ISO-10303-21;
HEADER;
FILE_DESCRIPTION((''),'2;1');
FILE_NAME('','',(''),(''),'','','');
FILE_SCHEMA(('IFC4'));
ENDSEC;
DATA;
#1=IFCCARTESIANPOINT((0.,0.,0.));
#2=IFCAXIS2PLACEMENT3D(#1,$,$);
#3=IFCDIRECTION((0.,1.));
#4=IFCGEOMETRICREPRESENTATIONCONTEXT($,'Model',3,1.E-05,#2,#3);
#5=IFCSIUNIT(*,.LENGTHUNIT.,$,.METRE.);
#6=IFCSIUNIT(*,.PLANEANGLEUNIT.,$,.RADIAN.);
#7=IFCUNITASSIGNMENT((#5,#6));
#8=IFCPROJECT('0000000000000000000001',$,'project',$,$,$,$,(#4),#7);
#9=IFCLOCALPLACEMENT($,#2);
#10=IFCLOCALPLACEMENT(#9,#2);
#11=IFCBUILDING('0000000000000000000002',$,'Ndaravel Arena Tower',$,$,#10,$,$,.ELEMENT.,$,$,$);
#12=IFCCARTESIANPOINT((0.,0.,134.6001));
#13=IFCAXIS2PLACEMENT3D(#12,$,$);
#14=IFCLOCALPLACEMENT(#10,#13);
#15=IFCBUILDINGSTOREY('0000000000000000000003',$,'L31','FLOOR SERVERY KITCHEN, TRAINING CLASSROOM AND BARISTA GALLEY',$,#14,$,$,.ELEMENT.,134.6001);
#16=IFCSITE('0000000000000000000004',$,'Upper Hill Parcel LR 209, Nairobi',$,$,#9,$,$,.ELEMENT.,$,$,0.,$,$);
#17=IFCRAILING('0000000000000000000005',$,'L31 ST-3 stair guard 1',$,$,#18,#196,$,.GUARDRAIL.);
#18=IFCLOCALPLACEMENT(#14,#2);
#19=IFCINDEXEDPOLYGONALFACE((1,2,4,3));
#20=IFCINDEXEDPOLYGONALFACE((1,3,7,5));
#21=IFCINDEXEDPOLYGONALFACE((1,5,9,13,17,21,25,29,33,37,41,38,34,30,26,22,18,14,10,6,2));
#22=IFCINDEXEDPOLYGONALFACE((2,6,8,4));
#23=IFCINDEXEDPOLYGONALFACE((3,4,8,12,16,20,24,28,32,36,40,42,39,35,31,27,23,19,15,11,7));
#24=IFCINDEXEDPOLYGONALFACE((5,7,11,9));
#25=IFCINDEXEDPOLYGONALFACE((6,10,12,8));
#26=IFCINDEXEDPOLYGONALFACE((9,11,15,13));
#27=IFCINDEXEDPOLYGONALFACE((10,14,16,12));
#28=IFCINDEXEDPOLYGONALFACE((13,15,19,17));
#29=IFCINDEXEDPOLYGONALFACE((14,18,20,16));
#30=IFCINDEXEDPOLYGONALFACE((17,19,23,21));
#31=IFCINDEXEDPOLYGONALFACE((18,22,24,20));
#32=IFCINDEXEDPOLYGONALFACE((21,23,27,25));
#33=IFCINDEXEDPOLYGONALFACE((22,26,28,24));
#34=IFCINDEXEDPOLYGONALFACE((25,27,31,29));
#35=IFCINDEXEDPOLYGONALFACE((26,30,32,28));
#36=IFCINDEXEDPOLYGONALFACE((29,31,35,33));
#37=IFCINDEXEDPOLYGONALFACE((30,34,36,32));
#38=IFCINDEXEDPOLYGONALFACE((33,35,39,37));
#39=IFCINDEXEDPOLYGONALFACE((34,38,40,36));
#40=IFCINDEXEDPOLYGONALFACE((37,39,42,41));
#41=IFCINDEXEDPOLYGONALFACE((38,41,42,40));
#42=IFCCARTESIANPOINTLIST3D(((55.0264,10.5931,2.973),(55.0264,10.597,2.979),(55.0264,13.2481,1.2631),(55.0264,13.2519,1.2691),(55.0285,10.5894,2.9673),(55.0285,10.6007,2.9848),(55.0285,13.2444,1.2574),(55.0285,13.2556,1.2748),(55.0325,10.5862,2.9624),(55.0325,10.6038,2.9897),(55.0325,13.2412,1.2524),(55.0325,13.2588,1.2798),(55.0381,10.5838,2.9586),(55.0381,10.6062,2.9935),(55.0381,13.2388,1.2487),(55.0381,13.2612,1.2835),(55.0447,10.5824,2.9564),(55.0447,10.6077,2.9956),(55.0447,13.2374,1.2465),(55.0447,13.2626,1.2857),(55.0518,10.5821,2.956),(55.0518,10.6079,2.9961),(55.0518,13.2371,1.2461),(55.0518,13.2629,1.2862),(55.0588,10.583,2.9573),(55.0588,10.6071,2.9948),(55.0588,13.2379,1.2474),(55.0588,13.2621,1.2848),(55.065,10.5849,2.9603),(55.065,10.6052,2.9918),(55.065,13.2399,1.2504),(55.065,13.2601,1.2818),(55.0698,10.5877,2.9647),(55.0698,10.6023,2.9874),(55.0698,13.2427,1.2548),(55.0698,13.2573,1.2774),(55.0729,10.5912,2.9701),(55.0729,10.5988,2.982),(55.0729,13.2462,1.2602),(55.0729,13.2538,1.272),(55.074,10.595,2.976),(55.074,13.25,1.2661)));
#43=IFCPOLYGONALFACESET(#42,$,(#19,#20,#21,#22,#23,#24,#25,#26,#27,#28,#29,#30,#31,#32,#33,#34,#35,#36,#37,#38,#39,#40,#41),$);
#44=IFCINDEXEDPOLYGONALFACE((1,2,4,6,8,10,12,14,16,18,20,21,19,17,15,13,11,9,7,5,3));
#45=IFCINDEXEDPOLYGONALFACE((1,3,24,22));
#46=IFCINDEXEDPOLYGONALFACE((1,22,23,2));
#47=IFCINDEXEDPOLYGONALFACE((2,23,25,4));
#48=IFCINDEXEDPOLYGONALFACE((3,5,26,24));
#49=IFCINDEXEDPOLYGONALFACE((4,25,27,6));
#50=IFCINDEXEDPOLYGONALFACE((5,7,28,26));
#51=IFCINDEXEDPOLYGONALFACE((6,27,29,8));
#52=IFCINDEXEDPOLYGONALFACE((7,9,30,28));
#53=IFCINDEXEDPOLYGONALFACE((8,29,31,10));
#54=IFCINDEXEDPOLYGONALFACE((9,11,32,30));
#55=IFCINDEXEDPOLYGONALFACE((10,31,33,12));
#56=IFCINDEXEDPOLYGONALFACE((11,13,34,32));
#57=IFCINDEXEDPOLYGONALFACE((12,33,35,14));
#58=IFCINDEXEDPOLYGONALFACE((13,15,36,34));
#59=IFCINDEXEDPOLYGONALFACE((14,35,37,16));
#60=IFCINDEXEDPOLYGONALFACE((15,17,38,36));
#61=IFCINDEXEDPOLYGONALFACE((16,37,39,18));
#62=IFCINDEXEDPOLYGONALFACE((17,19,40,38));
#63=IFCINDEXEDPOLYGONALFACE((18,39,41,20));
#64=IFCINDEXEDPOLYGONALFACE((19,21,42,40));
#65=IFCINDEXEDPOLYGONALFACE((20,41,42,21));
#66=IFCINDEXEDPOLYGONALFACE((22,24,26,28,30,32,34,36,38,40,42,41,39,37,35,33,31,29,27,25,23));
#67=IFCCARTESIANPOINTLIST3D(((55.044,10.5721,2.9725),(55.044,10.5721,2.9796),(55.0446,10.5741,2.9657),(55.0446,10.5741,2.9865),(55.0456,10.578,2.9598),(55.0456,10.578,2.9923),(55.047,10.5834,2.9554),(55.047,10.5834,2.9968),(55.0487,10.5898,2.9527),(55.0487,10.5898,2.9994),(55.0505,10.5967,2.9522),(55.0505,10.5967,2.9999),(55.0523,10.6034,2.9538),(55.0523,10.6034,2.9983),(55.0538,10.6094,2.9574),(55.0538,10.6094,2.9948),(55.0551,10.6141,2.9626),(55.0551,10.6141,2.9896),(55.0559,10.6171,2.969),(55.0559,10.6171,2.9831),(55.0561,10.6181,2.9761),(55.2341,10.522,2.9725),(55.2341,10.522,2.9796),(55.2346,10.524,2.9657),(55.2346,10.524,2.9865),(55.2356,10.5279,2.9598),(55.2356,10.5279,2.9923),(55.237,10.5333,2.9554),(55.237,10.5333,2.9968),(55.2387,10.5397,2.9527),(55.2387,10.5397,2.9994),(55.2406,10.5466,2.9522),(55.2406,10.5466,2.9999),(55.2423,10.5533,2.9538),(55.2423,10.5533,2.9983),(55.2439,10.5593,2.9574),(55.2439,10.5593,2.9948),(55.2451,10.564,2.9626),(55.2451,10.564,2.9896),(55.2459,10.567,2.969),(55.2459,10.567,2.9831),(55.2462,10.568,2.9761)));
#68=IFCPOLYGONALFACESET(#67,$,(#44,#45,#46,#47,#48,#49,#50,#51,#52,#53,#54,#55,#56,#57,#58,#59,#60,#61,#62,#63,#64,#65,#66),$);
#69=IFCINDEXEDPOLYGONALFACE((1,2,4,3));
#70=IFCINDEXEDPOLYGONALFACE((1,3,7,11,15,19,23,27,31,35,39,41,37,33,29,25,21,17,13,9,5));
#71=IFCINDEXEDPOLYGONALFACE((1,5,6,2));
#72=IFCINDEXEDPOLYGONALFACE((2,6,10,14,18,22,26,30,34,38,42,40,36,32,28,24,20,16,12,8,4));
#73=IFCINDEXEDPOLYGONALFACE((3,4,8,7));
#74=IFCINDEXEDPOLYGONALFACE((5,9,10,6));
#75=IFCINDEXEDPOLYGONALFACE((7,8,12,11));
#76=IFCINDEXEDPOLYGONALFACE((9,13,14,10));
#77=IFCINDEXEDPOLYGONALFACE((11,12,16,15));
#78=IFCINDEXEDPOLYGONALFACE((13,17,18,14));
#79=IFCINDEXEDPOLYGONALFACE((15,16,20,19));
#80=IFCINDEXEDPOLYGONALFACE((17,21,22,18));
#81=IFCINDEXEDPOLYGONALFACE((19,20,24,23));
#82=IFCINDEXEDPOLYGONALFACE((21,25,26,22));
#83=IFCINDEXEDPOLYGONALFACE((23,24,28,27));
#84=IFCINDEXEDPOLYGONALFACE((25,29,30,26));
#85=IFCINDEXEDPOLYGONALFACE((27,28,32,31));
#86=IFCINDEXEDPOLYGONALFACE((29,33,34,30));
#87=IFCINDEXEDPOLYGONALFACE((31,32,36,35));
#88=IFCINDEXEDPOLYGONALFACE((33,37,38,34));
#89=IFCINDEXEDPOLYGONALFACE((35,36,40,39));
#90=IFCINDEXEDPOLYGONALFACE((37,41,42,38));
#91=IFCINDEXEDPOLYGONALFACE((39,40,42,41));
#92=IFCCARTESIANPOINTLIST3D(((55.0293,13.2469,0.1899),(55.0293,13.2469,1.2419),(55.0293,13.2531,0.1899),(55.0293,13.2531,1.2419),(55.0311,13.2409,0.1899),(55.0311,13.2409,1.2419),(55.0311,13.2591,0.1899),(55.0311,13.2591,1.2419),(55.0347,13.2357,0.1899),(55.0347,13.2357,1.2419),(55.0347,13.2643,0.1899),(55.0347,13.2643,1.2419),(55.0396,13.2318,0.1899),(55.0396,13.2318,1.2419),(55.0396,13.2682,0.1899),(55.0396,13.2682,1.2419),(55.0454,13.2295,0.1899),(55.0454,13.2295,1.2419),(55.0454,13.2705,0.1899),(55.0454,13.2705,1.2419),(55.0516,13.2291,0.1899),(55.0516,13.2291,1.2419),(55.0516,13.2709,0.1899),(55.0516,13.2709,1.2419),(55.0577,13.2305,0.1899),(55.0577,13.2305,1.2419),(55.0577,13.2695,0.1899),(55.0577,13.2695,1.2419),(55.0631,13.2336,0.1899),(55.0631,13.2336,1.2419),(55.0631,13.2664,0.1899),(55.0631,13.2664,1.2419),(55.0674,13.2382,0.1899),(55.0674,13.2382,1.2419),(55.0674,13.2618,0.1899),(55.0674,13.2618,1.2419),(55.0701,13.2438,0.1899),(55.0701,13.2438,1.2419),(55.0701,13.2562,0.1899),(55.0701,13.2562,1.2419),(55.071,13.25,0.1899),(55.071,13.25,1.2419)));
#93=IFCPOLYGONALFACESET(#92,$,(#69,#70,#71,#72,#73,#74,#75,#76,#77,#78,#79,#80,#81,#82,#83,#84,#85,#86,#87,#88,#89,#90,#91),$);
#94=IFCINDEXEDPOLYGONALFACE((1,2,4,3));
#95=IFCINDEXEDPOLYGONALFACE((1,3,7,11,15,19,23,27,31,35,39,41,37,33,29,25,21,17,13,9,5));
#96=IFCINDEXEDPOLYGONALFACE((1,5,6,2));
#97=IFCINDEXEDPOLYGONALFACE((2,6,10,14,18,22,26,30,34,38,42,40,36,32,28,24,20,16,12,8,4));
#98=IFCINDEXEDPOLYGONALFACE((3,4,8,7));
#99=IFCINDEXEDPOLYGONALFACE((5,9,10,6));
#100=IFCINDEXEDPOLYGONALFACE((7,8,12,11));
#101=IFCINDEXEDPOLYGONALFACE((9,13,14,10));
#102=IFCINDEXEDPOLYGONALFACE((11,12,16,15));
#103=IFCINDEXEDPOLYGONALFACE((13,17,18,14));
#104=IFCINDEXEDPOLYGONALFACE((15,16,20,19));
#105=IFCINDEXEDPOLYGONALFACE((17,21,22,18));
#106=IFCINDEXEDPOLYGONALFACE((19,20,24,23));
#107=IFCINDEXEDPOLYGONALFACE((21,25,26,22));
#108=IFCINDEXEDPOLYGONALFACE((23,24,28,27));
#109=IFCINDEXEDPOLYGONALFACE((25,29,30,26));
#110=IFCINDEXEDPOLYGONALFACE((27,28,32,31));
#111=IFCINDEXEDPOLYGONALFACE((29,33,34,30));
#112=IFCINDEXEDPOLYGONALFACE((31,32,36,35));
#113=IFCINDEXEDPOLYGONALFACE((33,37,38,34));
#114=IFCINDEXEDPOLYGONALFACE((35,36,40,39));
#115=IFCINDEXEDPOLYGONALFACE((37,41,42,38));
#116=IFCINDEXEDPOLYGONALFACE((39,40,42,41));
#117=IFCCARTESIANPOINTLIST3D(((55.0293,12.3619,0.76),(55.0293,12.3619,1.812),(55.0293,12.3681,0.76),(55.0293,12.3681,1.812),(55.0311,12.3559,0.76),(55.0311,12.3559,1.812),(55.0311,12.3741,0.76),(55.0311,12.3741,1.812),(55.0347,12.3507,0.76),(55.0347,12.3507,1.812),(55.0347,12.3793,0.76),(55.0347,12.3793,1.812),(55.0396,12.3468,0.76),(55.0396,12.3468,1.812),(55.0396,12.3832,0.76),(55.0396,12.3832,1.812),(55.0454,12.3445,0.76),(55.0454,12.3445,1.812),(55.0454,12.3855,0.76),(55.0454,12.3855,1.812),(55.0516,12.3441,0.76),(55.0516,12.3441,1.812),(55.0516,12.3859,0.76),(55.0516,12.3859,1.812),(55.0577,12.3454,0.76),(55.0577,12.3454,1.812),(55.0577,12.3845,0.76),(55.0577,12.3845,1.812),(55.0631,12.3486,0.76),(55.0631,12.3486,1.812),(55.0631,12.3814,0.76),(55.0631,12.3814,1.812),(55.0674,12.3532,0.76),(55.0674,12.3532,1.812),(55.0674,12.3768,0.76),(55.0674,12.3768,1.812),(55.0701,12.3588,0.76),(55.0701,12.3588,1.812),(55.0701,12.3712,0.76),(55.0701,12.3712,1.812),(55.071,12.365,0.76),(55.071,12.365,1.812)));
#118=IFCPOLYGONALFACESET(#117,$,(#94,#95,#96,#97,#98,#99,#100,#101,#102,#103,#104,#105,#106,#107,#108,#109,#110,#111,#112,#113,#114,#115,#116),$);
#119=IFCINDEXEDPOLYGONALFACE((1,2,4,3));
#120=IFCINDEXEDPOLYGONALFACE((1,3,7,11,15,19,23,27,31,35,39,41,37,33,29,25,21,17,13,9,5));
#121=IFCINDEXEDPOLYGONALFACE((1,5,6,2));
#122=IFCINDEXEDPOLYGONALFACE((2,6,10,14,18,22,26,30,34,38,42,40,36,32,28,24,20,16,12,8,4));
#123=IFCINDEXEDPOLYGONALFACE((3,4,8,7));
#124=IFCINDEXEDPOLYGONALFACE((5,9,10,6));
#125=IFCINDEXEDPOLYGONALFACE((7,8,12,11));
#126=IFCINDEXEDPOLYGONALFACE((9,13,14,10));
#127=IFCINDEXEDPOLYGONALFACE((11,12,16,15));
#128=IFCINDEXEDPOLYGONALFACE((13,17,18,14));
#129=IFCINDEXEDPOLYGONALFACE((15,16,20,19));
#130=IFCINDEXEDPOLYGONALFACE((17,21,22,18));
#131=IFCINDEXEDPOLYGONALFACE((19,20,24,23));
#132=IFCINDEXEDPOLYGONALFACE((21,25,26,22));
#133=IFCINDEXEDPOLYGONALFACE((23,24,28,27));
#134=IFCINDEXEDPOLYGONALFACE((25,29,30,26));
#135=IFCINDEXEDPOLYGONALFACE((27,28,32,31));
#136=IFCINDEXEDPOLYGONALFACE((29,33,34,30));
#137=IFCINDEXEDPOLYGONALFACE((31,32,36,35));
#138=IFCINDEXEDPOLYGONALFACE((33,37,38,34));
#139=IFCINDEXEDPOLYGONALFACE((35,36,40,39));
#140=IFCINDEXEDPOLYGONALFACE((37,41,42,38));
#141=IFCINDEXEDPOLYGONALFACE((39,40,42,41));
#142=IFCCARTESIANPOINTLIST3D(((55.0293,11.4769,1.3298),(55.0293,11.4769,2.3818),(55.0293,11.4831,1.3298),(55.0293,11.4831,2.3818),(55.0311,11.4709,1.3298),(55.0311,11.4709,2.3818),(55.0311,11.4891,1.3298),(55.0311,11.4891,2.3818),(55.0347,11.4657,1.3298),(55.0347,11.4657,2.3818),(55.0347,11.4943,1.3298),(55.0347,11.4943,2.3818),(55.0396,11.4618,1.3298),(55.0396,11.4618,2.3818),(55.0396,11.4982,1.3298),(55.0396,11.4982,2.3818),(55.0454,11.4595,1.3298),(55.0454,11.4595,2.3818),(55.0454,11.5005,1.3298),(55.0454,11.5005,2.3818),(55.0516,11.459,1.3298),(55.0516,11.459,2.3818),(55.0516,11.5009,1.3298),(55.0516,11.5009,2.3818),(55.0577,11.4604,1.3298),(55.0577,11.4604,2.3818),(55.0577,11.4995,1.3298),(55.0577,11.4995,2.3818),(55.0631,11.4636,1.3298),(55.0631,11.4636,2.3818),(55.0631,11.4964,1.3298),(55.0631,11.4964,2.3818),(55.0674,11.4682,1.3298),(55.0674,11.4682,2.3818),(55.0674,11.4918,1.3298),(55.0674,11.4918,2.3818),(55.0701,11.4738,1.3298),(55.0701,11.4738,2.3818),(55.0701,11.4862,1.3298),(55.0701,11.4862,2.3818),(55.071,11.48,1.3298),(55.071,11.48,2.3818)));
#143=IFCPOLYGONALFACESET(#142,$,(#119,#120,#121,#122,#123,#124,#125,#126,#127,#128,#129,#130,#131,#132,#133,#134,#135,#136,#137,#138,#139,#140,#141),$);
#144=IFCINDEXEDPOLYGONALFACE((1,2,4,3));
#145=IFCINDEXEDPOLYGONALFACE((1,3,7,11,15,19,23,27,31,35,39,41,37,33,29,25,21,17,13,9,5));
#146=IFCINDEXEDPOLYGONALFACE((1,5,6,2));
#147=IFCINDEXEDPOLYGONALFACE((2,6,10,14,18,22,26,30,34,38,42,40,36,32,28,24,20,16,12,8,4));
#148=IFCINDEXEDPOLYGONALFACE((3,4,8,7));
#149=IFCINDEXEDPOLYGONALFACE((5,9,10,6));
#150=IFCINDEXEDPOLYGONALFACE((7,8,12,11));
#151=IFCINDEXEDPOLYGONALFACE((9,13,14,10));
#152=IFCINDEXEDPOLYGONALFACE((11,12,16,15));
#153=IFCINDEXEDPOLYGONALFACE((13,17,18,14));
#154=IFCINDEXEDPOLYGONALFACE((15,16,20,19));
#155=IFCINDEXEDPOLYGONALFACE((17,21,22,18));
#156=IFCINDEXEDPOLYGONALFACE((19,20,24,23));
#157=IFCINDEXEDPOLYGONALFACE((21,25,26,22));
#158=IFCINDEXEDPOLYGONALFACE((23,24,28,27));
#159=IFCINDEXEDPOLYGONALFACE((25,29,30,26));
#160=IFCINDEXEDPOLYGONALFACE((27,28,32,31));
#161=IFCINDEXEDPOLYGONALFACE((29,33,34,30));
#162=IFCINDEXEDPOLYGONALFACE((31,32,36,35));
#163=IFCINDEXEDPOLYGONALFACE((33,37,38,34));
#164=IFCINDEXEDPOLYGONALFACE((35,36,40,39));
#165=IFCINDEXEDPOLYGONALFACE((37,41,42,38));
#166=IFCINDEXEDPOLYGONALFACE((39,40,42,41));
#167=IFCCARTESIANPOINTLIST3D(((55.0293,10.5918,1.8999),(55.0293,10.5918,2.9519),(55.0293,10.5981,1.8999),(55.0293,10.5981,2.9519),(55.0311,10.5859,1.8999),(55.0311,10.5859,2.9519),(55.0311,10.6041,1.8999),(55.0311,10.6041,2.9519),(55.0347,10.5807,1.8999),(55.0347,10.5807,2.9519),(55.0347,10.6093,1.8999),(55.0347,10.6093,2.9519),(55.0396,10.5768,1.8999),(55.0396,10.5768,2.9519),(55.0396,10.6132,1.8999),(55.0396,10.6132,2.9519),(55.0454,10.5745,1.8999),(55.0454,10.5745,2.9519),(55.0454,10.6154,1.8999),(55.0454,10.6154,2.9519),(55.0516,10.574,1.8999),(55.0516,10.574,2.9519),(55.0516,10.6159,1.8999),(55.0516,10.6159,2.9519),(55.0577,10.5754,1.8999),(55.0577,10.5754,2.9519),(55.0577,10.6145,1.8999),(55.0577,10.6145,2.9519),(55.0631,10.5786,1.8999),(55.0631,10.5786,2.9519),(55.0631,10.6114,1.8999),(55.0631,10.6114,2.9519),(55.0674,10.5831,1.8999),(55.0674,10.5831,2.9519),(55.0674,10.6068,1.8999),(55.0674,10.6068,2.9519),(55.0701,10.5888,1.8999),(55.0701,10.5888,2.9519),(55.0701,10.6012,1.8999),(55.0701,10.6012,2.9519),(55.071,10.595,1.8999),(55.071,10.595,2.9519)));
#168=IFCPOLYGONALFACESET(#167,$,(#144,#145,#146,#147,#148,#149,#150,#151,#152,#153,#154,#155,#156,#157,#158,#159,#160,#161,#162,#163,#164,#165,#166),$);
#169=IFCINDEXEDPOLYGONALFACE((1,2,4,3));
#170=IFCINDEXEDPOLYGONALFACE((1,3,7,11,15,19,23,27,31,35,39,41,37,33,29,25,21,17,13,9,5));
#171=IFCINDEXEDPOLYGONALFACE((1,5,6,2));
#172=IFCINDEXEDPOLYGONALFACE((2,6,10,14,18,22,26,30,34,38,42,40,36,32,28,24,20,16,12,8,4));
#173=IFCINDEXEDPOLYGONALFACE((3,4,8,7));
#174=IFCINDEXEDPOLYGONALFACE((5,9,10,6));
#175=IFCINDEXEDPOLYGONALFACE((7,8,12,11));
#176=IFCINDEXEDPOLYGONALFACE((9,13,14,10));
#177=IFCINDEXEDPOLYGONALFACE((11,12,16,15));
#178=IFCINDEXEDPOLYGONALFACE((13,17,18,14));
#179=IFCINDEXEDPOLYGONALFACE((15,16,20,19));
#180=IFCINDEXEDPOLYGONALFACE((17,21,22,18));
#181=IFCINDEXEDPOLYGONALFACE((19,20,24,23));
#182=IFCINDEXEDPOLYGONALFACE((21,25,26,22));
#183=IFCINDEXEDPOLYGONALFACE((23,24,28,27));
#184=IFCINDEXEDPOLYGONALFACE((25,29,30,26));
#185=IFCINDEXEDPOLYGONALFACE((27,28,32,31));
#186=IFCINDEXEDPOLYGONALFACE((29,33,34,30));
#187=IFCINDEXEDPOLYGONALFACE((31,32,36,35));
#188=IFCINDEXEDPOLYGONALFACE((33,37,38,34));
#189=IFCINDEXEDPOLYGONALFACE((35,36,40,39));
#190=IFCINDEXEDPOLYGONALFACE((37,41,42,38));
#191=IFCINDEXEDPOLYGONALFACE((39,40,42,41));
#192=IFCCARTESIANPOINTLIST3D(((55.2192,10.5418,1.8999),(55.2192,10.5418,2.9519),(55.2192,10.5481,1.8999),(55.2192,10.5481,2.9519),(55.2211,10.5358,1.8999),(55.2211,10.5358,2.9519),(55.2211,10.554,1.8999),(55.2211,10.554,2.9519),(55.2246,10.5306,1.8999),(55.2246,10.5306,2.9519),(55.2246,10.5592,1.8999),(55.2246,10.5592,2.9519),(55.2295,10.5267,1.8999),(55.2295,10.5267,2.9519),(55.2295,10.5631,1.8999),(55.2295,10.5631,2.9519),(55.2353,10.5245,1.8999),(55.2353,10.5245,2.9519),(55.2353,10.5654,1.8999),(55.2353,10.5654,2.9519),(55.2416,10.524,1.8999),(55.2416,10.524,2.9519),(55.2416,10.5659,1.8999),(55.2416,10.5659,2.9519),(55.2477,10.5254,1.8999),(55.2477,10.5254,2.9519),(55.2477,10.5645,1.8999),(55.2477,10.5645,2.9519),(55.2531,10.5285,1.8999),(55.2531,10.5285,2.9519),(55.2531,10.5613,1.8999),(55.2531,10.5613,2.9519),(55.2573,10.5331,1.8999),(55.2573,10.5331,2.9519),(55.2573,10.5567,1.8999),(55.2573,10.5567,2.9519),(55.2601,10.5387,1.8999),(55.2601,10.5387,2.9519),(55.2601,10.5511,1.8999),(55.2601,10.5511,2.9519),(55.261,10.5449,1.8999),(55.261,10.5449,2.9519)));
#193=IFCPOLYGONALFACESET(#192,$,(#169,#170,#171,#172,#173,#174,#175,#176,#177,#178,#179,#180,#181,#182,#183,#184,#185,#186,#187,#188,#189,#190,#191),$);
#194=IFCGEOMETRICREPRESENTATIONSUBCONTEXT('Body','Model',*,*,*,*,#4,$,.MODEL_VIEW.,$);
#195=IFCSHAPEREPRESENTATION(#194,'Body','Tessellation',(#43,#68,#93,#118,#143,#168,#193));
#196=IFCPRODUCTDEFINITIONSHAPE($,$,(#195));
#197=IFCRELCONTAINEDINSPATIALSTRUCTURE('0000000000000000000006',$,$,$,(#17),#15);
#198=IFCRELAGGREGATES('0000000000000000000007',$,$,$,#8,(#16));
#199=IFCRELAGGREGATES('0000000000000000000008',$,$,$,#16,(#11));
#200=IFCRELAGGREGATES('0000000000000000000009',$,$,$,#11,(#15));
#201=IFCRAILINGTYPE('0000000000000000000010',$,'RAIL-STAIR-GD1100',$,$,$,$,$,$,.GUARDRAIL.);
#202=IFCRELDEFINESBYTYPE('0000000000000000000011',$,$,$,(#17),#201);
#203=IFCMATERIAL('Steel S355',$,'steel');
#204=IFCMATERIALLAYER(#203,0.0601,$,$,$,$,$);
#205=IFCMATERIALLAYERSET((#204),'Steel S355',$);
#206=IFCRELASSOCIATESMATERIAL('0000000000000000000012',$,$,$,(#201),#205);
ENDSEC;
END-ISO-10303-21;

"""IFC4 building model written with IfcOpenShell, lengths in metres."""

from ifc_helpers import new_model, si_unit, direction, frame, origin, origin_2d, place, context, subcontext, project, spatial, circle, extrude, material, layer, layer_set, type_object, element, save


model = new_model("IFC4")

# Units and contexts
model_context = context("Model", 3, precision=1e-05, world=origin(), true_north=direction((0.0, 1.0)))
body_context = subcontext(model_context, "Body", "Model", "MODEL_VIEW")
ifc_project = project(units=[si_unit("LENGTHUNIT", "METRE"), si_unit("PLANEANGLEUNIT", "RADIAN")], contexts=[model_context])

# Site, building, storey
site_placement = place(None, origin())
site = spatial("IfcSite", under=ifc_project, at=site_placement, Name="Upper Hill Parcel LR 209, Nairobi", CompositionType="ELEMENT", RefElevation=0.0)
building_placement = place(site_placement, origin())
building = spatial("IfcBuilding", under=site, at=building_placement, Name="Ndaravel Arena Tower", CompositionType="ELEMENT")
storey_placement = place(building_placement, frame((0.0, 0.0, 134.6001)))
storey = spatial("IfcBuildingStorey", under=building, at=storey_placement, Name="L31", Description="FLOOR SERVERY KITCHEN, TRAINING CLASSROOM AND BARISTA GALLEY", CompositionType="ELEMENT", Elevation=134.6001)

# Railing
ifc_material_1 = material(Name="Steel S355", Category="steel")
ifc_layer_1 = layer(ifc_material_1, 0.0601)
ifc_layer_set_1 = layer_set([ifc_layer_1], Name="Steel S355")
railing_type_1 = type_object("IfcRailingType", Name="RAIL-STAIR-GD1100", PredefinedType="GUARDRAIL", material=ifc_layer_set_1)
railing_1_placement = place(storey_placement, frame((55.05, 13.25, 0.1899)))
element("IfcRailing", 1, at=railing_1_placement, inside=storey, type_object=railing_type_1, Name="L31 ST-3 stair guard 1", PredefinedType="GUARDRAIL", context=body_context, shape_type="SweptSolid", body=[
    extrude(circle(Radius=0.0239, at=origin_2d()), frame((0.0, 0.0, 1.0762), z_axis=(0.0, -0.840724, 0.541465), x_axis=(1.0, 0.0, 0.0)), (0.0, 0.0, 1.0), 3.158),
    extrude(circle(Radius=0.0239, at=origin_2d()), frame((0.0, -2.655, 2.7861), z_axis=(0.966994, -0.254799, 0.0), x_axis=(0.254799, 0.966994, 0.0)), (0.0, 0.0, 1.0), 0.1965),
    extrude(circle(Radius=0.021, at=origin_2d()), origin(), (0.0, 0.0, 1.0), 1.052),
    extrude(circle(Radius=0.021, at=origin_2d()), frame((0.0, -0.885, 0.5701)), (0.0, 0.0, 1.0), 1.052),
    extrude(circle(Radius=0.021, at=origin_2d()), frame((0.0, -1.77, 1.1399)), (0.0, 0.0, 1.0), 1.052),
    extrude(circle(Radius=0.021, at=origin_2d()), frame((0.0, -2.655, 1.71)), (0.0, 0.0, 1.0), 1.052),
    extrude(circle(Radius=0.021, at=origin_2d()), frame((0.1899, -2.7051, 1.71)), (0.0, 0.0, 1.0), 1.052),
])

save(model, "model.ifc")
